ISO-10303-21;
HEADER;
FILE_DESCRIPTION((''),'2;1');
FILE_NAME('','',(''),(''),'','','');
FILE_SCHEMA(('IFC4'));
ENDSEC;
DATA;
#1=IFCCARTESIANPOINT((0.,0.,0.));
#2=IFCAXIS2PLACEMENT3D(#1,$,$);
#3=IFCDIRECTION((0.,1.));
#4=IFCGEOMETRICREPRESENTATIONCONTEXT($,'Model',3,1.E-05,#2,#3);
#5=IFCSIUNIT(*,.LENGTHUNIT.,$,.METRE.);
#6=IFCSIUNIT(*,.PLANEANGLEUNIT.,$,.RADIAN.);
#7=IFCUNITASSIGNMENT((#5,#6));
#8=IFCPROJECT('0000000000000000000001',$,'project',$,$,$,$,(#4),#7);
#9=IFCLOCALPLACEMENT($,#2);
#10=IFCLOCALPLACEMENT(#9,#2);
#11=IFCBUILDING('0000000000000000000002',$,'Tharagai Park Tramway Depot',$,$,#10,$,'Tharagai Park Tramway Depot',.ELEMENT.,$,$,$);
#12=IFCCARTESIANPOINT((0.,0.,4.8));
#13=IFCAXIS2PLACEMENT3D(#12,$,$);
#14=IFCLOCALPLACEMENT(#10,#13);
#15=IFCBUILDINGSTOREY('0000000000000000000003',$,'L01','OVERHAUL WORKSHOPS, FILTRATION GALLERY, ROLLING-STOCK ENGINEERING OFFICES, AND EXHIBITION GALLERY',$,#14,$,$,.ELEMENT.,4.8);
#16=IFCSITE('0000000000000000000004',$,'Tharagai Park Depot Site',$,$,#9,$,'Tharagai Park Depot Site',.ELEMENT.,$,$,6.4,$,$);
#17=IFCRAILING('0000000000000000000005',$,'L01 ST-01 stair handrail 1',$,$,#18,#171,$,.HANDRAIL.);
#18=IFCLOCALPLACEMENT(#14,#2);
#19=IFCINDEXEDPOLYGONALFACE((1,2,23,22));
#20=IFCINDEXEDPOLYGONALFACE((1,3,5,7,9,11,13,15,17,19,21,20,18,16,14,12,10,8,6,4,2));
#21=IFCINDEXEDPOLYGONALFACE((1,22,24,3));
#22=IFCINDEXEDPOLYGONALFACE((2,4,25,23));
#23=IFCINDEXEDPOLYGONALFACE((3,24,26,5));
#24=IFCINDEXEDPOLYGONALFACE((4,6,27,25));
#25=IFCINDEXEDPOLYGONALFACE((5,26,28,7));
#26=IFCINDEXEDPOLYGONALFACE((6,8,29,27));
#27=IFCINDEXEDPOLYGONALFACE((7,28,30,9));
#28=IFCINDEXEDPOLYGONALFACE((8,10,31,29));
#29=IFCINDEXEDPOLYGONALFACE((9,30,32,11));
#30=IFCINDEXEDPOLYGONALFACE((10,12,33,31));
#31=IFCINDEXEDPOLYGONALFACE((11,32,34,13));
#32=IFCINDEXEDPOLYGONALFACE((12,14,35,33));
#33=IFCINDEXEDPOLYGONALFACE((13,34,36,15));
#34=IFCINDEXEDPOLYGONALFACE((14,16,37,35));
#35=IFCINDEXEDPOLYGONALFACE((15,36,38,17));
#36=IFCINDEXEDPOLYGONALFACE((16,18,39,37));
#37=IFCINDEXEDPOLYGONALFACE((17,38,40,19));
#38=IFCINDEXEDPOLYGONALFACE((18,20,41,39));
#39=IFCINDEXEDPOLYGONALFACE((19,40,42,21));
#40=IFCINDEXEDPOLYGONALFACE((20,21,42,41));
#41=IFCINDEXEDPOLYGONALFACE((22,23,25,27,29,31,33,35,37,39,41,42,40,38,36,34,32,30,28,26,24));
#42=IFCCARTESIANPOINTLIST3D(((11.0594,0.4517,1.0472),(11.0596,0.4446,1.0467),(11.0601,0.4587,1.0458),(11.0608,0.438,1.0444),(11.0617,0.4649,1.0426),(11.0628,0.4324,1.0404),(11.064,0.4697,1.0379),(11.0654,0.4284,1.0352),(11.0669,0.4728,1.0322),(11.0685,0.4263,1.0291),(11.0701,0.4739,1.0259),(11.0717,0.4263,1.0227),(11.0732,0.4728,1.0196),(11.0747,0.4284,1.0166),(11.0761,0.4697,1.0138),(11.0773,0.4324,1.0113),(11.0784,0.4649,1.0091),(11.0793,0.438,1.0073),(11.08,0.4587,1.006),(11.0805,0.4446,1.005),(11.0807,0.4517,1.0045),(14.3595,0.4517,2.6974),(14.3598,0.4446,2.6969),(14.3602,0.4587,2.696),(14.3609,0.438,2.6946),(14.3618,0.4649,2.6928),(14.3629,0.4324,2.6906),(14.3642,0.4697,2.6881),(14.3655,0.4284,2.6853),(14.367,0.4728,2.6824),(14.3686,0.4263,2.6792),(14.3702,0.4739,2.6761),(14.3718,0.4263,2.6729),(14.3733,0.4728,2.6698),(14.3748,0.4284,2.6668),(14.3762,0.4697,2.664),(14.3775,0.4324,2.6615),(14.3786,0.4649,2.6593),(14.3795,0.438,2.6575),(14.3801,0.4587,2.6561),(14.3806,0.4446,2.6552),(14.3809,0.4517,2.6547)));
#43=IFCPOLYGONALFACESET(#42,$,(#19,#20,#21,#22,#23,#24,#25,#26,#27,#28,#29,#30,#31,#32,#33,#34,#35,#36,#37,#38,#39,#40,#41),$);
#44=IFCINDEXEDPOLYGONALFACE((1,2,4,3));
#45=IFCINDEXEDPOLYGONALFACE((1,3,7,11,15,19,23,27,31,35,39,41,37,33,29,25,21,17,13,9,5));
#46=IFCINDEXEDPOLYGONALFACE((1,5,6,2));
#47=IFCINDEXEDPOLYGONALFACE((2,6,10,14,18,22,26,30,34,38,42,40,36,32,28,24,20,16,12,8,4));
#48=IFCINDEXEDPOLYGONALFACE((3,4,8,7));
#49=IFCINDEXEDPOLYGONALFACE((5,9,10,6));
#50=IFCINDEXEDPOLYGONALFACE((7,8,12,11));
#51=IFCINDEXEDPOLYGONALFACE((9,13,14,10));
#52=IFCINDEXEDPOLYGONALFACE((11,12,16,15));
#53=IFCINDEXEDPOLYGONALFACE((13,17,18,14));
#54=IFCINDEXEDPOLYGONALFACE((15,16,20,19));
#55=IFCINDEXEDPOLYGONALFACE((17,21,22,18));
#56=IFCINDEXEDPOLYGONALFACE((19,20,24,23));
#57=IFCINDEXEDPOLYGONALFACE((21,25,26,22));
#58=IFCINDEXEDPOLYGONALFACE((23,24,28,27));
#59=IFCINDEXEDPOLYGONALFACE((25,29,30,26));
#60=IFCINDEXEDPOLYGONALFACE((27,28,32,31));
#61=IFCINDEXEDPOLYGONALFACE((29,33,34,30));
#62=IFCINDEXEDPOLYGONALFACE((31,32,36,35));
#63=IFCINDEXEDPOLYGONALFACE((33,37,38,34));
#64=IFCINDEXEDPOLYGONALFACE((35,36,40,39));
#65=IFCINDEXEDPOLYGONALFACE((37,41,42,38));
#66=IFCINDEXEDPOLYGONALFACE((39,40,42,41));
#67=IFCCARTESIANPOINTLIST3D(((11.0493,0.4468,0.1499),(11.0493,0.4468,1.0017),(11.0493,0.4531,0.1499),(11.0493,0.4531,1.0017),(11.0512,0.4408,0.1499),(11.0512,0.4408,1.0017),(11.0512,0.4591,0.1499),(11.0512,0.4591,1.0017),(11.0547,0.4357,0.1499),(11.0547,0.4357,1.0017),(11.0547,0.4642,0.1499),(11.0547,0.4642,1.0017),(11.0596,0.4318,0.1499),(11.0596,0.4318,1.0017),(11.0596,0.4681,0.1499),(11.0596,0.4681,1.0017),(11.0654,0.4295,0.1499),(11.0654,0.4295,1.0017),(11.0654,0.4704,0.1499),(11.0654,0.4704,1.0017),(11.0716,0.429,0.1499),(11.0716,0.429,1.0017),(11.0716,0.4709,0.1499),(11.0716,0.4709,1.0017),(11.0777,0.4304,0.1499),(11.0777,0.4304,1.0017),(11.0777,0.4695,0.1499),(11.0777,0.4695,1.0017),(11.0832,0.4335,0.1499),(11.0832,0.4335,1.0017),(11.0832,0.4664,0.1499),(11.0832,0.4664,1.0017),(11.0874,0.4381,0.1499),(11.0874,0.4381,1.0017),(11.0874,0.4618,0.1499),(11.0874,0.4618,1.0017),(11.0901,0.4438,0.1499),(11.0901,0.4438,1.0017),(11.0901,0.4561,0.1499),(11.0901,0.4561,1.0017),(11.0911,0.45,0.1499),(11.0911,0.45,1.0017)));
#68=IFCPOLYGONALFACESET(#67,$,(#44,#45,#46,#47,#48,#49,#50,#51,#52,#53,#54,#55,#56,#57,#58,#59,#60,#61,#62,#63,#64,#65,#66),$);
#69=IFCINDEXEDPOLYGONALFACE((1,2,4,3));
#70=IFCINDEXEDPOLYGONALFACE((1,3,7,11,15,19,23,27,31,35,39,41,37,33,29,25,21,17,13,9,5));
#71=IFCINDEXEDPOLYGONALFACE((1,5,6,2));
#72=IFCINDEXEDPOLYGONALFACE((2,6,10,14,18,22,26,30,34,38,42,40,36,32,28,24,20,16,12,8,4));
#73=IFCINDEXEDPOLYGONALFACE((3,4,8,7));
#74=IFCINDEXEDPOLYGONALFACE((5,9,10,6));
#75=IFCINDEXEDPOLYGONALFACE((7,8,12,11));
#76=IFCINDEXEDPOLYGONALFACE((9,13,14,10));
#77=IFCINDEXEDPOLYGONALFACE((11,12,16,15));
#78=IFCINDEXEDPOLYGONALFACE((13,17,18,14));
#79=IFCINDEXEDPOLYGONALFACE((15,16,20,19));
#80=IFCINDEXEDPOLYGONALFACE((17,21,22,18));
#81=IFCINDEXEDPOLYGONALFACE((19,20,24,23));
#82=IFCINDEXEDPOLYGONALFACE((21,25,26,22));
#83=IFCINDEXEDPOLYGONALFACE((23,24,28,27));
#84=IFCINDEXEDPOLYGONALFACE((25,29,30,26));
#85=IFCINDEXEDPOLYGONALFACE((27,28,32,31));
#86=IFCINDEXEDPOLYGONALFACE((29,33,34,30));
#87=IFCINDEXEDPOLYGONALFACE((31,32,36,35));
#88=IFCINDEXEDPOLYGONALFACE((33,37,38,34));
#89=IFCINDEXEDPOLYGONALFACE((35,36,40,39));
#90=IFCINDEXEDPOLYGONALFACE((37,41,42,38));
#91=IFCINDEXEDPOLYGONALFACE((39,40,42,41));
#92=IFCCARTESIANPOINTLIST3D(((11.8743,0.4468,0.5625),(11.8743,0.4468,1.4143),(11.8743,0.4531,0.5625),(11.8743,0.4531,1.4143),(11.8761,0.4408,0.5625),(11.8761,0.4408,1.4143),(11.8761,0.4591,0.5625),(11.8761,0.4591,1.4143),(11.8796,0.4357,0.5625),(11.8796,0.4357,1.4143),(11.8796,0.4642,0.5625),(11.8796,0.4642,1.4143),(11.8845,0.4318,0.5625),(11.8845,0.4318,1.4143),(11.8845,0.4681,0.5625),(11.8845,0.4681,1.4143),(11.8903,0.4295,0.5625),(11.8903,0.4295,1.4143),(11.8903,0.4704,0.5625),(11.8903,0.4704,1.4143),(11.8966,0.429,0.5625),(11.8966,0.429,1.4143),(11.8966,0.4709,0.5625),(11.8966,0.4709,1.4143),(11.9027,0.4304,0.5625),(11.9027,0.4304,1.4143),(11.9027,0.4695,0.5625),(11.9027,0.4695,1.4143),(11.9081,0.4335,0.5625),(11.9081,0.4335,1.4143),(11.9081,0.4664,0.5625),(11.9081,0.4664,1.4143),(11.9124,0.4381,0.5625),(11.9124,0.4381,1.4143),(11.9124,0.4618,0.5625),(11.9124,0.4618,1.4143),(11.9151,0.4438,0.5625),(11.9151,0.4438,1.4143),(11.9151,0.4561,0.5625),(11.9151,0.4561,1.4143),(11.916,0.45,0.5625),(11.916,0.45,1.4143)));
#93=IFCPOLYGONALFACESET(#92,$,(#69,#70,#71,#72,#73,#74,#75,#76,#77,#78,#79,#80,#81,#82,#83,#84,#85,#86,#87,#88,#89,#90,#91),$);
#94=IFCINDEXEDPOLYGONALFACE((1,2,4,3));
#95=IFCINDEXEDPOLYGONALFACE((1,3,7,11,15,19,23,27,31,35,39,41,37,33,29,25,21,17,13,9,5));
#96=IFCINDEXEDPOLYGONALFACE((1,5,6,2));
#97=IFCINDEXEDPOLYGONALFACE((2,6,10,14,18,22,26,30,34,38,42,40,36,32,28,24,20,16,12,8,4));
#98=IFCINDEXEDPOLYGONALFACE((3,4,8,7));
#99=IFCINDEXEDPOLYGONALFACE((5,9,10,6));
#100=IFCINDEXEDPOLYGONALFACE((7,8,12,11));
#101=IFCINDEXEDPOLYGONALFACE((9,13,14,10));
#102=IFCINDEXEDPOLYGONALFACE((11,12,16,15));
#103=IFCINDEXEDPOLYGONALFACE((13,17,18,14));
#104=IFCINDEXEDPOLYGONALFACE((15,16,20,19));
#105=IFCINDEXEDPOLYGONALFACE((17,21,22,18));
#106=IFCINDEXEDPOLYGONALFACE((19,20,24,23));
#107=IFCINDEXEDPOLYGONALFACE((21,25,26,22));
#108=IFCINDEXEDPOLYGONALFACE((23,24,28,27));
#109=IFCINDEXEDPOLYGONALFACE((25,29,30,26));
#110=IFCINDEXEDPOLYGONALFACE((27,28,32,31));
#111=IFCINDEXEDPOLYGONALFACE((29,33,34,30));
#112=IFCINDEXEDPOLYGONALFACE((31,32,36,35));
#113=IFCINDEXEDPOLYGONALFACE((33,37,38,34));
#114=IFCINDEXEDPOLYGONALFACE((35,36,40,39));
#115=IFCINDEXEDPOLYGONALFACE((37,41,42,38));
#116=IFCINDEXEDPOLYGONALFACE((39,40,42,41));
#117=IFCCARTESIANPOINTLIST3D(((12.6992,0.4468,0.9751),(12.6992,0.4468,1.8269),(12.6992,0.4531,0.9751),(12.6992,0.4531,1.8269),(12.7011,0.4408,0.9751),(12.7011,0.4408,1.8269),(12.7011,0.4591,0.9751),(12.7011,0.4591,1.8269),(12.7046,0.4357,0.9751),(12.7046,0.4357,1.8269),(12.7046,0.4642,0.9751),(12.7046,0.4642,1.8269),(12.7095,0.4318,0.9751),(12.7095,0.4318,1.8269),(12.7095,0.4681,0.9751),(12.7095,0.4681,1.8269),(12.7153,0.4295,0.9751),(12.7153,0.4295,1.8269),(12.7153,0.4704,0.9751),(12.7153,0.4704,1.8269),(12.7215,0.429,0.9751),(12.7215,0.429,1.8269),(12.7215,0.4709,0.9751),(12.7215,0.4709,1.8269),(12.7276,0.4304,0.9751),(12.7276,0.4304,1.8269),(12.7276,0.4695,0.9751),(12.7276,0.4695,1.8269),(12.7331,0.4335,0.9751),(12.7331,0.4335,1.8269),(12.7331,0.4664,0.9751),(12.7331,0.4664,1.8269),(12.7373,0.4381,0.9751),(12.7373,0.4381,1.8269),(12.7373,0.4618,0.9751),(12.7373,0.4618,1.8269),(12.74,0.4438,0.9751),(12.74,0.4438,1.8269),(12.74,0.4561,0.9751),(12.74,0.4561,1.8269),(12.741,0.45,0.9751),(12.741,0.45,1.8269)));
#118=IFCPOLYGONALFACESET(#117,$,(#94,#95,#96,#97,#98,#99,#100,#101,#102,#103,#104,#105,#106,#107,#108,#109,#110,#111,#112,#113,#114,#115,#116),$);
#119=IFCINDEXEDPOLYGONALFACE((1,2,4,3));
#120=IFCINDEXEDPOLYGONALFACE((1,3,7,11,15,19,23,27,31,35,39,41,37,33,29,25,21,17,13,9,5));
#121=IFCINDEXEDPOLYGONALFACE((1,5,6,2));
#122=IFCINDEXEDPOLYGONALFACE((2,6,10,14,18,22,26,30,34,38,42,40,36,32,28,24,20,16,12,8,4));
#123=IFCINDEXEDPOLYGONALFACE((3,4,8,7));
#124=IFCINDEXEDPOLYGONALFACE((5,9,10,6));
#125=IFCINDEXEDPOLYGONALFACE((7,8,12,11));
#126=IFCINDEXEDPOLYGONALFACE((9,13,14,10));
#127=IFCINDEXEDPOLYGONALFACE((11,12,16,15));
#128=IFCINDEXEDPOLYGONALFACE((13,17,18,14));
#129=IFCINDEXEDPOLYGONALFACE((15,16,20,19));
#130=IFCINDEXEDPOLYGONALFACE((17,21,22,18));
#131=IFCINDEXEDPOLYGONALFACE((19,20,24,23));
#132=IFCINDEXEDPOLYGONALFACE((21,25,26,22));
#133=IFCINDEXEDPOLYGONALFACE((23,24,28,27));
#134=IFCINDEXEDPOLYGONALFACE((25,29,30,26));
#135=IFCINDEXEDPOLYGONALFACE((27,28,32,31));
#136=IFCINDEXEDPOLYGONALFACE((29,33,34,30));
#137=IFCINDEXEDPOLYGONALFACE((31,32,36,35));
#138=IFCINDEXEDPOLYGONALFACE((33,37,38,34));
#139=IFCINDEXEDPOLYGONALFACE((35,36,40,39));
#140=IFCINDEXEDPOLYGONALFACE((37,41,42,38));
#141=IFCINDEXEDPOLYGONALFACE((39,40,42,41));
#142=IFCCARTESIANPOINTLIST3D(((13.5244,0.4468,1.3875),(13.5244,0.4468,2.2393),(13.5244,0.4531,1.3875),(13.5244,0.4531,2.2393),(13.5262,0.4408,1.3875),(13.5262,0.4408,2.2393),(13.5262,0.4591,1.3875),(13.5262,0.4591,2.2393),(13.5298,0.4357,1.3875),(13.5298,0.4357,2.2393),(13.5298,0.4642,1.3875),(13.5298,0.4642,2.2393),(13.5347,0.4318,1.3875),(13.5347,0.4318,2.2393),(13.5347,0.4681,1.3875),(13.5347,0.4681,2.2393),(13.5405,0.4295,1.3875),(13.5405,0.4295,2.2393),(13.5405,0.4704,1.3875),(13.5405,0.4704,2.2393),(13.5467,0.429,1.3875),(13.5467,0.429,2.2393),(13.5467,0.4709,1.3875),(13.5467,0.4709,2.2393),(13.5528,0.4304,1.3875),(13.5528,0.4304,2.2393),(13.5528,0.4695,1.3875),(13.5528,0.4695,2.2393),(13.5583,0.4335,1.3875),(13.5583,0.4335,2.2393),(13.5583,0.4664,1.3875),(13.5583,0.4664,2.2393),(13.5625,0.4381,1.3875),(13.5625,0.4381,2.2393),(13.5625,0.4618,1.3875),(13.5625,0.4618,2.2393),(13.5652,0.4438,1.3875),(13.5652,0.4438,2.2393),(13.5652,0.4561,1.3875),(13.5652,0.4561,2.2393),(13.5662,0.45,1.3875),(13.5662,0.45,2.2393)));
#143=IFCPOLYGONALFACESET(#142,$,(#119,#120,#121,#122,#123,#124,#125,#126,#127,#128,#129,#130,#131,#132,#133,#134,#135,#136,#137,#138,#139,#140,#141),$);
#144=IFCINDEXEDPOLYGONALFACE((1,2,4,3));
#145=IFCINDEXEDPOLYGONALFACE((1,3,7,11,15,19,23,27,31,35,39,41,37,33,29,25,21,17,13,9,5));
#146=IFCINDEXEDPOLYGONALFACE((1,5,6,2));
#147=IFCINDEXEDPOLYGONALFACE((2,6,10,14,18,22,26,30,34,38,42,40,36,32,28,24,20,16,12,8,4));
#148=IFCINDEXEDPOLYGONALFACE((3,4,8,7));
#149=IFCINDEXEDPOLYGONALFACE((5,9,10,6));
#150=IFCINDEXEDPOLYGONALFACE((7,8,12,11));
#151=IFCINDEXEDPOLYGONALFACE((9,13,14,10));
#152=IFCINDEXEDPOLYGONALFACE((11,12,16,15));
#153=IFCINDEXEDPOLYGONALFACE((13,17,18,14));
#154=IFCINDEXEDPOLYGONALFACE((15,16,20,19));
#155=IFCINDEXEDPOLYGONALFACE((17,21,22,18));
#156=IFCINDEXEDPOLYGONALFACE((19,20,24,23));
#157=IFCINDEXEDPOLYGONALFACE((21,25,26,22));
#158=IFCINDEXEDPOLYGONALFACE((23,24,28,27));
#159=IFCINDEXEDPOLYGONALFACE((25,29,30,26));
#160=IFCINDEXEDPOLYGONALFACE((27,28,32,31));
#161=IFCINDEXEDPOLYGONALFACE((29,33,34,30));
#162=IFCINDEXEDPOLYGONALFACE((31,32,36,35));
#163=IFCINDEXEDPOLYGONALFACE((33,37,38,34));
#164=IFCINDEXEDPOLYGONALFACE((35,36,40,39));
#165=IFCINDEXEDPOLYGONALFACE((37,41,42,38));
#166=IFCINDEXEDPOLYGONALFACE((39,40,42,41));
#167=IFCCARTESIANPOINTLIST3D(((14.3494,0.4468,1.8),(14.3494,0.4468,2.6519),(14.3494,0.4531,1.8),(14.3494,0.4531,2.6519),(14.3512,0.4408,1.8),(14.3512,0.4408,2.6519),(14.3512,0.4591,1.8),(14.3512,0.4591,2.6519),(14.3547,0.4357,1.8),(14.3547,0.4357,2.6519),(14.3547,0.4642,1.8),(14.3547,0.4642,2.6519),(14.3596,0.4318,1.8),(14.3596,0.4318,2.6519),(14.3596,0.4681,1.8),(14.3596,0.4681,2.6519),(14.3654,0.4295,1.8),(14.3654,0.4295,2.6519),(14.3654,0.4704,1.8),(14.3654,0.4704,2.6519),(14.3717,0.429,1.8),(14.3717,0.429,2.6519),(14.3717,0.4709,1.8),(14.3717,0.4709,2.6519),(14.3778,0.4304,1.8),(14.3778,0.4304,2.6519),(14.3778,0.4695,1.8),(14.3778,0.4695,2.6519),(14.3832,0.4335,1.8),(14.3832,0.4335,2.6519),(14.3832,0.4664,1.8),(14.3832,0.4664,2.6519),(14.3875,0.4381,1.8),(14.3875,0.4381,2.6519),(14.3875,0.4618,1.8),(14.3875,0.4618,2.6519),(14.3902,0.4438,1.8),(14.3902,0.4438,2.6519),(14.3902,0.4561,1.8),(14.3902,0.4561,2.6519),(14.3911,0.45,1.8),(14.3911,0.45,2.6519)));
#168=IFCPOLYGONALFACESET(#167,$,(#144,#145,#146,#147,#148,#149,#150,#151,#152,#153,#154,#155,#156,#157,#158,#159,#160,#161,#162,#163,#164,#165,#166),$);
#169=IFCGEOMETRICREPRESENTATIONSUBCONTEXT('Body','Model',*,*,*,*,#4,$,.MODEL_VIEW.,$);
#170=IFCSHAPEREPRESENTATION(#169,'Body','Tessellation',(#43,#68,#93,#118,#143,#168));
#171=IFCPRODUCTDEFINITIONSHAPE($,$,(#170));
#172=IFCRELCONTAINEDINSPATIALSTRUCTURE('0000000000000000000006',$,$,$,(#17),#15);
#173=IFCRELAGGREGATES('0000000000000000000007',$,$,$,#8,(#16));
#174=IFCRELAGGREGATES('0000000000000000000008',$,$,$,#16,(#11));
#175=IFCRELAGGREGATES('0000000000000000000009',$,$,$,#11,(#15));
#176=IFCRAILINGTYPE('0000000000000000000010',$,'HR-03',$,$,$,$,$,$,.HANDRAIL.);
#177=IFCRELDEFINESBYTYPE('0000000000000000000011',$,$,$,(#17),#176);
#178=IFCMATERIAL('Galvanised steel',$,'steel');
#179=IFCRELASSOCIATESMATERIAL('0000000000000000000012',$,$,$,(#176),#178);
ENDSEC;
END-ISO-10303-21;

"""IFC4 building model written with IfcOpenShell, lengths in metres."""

from ifc_helpers import new_model, si_unit, direction, frame, origin, origin_2d, place, context, subcontext, project, spatial, circle, extrude, material, type_object, element, save


model = new_model("IFC4")

# Units and contexts
model_context = context("Model", 3, precision=1e-05, world=origin(), true_north=direction((0.0, 1.0)))
body_context = subcontext(model_context, "Body", "Model", "MODEL_VIEW")
ifc_project = project(units=[si_unit("LENGTHUNIT", "METRE"), si_unit("PLANEANGLEUNIT", "RADIAN")], contexts=[model_context])

# Site, building, storey
site_placement = place(None, origin())
site = spatial("IfcSite", under=ifc_project, at=site_placement, Name="Tharagai Park Depot Site", LongName="Tharagai Park Depot Site", CompositionType="ELEMENT", RefElevation=6.4)
building_placement = place(site_placement, origin())
building = spatial("IfcBuilding", under=site, at=building_placement, Name="Tharagai Park Tramway Depot", LongName="Tharagai Park Tramway Depot", CompositionType="ELEMENT")
storey_placement = place(building_placement, frame((0.0, 0.0, 4.8)))
storey = spatial("IfcBuildingStorey", under=building, at=storey_placement, Name="L01", Description="OVERHAUL WORKSHOPS, FILTRATION GALLERY, ROLLING-STOCK ENGINEERING OFFICES, AND EXHIBITION GALLERY", CompositionType="ELEMENT", Elevation=4.8)

# Railing
ifc_material_1 = material(Name="Galvanised steel", Category="steel")
railing_type_1 = type_object("IfcRailingType", Name="HR-03", PredefinedType="HANDRAIL", material=ifc_material_1)
railing_1_placement = place(storey_placement, frame((11.0701, 0.45, 0.1499)))
element("IfcRailing", 1, at=railing_1_placement, inside=storey, type_object=railing_type_1, Name="L01 ST-01 stair handrail 1", PredefinedType="HANDRAIL", context=body_context, shape_type="SweptSolid", body=[
    extrude(circle(Radius=0.0239, at=origin_2d()), frame((0.0, 0.0, 0.876), z_axis=(0.894414, 0.0, 0.44724), x_axis=(0.0, 1.0, 0.0)), (0.0, 0.0, 1.0), 3.6897),
    extrude(circle(Radius=0.021, at=origin_2d()), origin(), (0.0, 0.0, 1.0), 0.8518),
    extrude(circle(Radius=0.021, at=origin_2d()), frame((0.825, 0.0, 0.4126)), (0.0, 0.0, 1.0), 0.8518),
    extrude(circle(Radius=0.021, at=origin_2d()), frame((1.6499, 0.0, 0.8252)), (0.0, 0.0, 1.0), 0.8518),
    extrude(circle(Radius=0.021, at=origin_2d()), frame((2.4751, 0.0, 1.2375)), (0.0, 0.0, 1.0), 0.8518),
    extrude(circle(Radius=0.021, at=origin_2d()), frame((3.3, 0.0, 1.6501)), (0.0, 0.0, 1.0), 0.8518),
])

save(model, "model.ifc")
